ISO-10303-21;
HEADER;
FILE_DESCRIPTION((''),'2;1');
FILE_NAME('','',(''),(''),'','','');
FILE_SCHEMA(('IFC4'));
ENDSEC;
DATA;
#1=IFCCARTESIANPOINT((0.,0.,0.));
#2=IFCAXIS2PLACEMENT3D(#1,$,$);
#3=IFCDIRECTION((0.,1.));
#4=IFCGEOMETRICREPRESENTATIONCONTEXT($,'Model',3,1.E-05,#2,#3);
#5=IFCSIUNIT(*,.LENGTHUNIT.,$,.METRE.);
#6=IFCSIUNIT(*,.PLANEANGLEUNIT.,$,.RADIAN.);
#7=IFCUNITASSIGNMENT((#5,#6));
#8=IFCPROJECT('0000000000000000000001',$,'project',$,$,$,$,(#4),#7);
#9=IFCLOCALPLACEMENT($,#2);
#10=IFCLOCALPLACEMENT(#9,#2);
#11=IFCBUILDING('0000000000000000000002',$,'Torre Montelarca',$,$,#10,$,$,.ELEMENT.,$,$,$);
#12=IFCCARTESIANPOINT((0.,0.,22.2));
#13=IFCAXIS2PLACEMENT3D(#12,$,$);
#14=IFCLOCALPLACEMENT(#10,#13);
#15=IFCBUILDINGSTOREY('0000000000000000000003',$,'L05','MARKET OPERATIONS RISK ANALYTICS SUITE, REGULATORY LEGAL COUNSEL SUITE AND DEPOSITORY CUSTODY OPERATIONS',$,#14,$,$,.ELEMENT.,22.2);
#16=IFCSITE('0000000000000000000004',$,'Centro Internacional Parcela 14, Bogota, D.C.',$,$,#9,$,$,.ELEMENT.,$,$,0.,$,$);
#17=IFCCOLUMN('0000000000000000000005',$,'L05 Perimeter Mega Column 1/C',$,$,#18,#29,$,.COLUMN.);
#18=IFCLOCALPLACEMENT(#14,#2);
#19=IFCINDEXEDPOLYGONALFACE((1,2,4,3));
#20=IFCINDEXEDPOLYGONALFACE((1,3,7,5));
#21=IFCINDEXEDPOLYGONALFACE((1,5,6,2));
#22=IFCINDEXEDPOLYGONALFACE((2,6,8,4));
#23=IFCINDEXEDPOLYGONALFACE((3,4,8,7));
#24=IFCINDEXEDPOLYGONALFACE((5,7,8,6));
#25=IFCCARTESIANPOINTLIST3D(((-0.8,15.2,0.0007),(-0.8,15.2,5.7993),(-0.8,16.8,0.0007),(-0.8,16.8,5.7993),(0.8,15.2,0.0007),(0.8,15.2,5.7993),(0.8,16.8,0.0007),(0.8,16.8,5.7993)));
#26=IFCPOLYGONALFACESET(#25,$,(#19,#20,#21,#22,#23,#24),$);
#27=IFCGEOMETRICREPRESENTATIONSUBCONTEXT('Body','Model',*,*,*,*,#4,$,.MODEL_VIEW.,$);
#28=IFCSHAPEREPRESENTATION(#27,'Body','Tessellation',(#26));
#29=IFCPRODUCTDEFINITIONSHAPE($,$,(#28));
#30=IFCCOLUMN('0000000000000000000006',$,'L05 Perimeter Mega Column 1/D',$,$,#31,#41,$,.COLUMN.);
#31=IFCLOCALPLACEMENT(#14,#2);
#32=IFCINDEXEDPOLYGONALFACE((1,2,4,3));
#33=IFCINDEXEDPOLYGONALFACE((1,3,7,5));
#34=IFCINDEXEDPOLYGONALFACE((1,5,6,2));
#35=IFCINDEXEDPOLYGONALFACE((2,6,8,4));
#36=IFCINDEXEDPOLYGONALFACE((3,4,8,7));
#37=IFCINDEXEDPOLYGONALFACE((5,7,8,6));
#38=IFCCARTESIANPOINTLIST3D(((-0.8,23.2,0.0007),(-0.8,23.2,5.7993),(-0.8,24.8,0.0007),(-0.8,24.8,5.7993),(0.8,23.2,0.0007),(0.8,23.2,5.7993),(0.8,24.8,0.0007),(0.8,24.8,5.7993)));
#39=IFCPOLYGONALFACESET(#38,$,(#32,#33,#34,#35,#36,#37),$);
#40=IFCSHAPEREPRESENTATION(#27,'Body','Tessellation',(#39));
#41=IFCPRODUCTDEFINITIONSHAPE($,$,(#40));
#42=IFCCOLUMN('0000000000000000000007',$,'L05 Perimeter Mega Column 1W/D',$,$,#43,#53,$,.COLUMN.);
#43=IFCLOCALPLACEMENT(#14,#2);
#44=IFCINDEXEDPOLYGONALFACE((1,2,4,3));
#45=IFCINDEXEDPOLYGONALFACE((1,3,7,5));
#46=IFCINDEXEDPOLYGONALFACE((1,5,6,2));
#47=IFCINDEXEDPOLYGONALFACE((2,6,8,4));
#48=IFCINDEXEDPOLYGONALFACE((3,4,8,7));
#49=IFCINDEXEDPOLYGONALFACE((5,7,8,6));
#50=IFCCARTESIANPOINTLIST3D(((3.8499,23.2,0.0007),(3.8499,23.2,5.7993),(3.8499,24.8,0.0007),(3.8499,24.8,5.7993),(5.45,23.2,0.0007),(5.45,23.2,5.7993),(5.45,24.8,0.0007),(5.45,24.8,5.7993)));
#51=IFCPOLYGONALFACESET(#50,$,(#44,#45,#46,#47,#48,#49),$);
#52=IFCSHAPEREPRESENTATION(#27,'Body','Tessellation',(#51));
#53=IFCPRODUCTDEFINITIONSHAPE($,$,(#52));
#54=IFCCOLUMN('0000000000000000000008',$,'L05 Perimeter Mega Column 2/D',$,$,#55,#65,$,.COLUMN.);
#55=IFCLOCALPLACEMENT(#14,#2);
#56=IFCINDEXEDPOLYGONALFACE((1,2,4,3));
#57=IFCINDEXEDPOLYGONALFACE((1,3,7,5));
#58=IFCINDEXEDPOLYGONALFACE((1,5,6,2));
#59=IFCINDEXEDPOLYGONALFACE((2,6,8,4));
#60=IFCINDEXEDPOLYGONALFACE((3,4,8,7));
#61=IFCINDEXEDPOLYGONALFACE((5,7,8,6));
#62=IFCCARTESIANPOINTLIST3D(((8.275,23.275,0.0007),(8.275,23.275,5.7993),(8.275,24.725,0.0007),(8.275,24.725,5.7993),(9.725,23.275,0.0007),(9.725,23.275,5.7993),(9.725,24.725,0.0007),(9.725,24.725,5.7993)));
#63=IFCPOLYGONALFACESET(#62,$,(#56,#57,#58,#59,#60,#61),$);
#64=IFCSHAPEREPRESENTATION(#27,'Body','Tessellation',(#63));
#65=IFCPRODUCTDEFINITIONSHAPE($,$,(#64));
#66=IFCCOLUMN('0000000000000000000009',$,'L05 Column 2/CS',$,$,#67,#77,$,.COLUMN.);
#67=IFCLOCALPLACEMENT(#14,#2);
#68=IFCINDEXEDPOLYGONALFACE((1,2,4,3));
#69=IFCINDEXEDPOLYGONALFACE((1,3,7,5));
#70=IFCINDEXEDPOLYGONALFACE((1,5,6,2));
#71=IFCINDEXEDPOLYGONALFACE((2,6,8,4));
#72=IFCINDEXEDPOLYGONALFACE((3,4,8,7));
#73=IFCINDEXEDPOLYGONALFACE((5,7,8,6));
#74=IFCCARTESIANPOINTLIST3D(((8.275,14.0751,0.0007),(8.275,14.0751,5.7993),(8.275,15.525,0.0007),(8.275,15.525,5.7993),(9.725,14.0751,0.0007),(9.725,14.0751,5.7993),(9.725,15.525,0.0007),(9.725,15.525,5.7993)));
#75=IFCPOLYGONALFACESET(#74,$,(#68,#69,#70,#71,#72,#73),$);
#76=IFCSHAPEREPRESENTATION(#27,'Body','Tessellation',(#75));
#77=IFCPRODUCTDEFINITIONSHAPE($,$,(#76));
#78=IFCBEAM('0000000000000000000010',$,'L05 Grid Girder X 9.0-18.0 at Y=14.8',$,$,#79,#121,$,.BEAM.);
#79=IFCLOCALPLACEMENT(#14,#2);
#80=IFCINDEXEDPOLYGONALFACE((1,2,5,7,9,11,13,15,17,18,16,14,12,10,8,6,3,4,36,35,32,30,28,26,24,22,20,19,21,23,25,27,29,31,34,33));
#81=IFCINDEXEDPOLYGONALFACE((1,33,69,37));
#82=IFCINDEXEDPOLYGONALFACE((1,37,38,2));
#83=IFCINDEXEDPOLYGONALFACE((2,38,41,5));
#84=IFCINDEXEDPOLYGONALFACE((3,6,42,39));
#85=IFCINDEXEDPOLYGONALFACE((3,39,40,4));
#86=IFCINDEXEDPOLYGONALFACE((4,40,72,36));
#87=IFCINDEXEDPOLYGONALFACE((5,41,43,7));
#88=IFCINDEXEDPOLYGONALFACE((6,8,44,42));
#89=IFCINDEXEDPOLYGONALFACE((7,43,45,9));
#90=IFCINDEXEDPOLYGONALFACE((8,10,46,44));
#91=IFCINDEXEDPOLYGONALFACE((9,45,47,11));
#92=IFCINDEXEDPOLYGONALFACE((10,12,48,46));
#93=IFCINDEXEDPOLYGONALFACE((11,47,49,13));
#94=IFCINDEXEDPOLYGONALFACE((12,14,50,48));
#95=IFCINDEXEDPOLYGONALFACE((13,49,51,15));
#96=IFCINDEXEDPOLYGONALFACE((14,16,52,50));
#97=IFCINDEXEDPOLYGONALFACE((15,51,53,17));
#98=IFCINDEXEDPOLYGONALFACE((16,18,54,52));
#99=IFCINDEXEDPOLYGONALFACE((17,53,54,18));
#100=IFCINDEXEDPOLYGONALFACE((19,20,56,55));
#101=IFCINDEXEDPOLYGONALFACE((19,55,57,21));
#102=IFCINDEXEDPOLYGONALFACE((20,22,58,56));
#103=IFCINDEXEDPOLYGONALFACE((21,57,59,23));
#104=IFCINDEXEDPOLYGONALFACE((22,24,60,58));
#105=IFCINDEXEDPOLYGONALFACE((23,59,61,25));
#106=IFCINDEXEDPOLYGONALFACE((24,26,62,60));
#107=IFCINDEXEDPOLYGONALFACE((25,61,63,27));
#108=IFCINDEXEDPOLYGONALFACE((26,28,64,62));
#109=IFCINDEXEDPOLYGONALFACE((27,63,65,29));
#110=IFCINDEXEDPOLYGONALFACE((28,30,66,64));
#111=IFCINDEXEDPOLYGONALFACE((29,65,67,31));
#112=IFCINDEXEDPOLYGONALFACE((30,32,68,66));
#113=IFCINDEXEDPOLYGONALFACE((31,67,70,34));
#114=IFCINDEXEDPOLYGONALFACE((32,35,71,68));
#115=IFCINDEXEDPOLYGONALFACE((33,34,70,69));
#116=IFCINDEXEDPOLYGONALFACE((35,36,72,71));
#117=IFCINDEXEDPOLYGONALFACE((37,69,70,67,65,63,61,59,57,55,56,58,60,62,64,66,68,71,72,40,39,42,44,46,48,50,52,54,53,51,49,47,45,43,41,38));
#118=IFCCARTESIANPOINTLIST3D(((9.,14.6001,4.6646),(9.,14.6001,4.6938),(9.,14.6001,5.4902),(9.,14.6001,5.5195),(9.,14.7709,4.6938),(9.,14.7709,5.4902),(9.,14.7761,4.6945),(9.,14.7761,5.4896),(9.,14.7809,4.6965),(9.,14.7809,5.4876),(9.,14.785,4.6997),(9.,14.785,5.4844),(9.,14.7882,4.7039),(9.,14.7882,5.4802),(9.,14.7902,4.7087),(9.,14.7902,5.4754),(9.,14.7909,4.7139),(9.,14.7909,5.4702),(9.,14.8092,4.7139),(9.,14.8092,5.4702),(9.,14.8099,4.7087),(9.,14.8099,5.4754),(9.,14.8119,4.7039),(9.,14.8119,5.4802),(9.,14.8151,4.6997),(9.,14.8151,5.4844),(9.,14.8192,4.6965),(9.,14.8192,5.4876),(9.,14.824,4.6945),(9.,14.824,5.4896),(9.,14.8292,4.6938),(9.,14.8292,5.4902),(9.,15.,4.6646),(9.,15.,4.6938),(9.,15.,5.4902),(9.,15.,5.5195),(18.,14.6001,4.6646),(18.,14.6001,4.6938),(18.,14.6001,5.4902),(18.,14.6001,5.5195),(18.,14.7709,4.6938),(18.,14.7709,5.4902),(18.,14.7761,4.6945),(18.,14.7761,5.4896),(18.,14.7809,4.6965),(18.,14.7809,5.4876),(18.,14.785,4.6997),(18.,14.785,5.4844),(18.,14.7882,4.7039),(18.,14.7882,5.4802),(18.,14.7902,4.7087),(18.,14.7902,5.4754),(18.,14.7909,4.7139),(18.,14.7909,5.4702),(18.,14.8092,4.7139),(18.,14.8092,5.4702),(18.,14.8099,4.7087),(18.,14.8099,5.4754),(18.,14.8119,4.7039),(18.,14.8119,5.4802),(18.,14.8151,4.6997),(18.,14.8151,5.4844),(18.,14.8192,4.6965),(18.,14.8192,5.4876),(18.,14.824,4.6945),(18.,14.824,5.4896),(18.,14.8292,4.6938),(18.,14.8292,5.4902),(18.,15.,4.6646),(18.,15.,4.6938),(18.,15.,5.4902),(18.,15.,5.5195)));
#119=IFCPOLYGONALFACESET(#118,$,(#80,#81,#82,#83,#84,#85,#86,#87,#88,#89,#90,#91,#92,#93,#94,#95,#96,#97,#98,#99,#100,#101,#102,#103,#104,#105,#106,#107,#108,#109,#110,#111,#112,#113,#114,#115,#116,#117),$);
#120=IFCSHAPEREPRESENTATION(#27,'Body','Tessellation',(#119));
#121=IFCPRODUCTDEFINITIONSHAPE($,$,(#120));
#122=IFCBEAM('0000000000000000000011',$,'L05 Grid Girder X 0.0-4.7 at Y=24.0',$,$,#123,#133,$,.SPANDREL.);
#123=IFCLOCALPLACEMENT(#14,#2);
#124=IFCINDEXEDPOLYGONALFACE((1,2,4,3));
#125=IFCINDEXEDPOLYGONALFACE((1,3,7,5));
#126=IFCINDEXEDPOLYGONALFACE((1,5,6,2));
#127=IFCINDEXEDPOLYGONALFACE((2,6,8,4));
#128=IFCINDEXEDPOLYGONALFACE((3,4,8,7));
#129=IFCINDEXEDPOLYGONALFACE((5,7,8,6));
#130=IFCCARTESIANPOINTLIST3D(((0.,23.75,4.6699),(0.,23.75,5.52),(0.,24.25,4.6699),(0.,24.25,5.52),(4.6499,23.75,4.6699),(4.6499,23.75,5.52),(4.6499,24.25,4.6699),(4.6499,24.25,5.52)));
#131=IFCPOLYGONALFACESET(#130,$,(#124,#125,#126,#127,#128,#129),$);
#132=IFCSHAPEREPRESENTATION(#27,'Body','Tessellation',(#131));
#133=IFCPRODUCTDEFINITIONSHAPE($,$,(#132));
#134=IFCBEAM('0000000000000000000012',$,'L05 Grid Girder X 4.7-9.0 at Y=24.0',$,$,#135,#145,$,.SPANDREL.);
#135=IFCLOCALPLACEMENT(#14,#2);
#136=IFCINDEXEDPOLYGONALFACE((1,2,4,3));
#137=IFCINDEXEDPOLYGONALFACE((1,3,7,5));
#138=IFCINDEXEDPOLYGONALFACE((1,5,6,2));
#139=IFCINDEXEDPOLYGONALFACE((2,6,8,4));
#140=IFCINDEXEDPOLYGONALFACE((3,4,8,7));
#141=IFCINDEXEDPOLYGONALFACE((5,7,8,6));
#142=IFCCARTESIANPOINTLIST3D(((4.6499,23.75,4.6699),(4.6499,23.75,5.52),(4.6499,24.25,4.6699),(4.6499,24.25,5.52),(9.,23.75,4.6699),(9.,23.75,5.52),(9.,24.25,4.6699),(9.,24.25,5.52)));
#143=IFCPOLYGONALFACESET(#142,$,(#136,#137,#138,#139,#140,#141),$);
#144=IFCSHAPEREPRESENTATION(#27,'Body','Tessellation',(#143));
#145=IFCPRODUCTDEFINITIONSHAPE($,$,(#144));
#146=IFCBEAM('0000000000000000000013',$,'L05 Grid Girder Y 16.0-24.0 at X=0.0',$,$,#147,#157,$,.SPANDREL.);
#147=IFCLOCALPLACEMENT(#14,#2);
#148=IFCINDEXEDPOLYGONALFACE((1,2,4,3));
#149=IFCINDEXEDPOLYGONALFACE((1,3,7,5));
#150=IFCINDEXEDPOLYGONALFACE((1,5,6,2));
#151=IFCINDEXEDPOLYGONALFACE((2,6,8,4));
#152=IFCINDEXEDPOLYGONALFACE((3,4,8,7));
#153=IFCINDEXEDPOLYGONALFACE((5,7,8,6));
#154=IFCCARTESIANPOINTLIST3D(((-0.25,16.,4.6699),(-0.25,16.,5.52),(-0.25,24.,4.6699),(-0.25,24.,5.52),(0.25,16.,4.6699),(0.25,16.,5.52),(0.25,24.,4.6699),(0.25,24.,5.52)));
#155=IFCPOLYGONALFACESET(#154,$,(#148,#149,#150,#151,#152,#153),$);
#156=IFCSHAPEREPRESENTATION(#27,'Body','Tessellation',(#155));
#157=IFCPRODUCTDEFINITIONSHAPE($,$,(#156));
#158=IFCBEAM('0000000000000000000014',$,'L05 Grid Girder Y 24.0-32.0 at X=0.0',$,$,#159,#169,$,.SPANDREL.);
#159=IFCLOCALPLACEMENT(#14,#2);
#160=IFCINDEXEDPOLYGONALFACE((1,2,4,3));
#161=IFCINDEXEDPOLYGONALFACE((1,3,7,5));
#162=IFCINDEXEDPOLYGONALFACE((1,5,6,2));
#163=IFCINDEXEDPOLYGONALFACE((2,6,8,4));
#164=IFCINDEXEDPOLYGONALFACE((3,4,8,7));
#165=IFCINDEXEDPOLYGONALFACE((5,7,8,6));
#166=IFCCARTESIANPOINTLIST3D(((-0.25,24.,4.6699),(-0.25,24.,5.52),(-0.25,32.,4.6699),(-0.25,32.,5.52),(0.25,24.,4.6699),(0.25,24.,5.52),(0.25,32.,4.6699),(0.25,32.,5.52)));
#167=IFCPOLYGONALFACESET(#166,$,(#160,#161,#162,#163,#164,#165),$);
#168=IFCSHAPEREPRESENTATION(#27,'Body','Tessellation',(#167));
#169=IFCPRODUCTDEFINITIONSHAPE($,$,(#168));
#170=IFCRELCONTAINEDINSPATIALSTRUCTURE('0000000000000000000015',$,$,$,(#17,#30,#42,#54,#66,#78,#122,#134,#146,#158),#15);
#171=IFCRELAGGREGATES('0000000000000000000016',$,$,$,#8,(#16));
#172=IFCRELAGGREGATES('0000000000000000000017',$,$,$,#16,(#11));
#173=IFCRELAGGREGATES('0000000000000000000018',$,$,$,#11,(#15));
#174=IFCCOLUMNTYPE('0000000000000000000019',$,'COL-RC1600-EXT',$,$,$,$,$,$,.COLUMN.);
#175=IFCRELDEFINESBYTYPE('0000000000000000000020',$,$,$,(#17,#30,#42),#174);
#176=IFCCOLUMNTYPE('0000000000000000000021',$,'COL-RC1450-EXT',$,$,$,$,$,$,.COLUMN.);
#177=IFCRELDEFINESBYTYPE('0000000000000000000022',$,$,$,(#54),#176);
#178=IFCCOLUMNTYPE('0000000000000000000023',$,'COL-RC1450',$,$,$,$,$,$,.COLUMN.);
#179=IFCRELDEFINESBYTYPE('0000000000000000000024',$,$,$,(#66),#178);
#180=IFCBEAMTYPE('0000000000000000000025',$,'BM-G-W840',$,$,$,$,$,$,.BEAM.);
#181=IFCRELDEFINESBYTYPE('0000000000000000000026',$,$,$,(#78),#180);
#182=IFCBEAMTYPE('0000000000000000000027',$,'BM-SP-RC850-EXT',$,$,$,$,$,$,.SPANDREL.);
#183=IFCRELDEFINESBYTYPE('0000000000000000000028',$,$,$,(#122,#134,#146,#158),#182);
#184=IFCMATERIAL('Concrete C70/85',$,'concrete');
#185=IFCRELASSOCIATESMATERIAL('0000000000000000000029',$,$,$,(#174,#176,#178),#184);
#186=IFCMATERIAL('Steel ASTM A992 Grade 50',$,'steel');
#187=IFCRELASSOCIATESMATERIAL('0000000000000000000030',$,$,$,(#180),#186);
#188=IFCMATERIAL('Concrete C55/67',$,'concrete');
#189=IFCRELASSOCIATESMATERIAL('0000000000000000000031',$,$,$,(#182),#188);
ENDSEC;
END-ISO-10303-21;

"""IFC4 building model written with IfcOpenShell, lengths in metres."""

from ifc_helpers import new_model, si_unit, direction, frame, origin, origin_2d, place, context, subcontext, project, spatial, rectangle, i_section, extrude, source, transform, mapped, material, material_profile, profile_set, type_object, element, save


model = new_model("IFC4")

# Units and contexts
model_context = context("Model", 3, precision=1e-05, world=origin(), true_north=direction((0.0, 1.0)))
body_context = subcontext(model_context, "Body", "Model", "MODEL_VIEW")
ifc_project = project(units=[si_unit("LENGTHUNIT", "METRE"), si_unit("PLANEANGLEUNIT", "RADIAN")], contexts=[model_context])

# Site, building, storey
site_placement = place(None, origin())
site = spatial("IfcSite", under=ifc_project, at=site_placement, Name="Centro Internacional Parcela 14, Bogota, D.C.", CompositionType="ELEMENT", RefElevation=0.0)
building_placement = place(site_placement, origin())
building = spatial("IfcBuilding", under=site, at=building_placement, Name="Torre Montelarca", CompositionType="ELEMENT")
storey_placement = place(building_placement, frame((0.0, 0.0, 22.2)))
storey = spatial("IfcBuildingStorey", under=building, at=storey_placement, Name="L05", Description="MARKET OPERATIONS RISK ANALYTICS SUITE, REGULATORY LEGAL COUNSEL SUITE AND DEPOSITORY CUSTODY OPERATIONS", CompositionType="ELEMENT", Elevation=22.2)

# Columns
ifc_material_1 = material(Name="Concrete C70/85", Category="concrete")
ifc_material_profile_1 = material_profile(ifc_material_1, rectangle(XDim=1.6001, YDim=1.6001, at=origin_2d()), Name="RC1600X1600", Category="concrete")
ifc_profile_set_1 = profile_set([ifc_material_profile_1], Name="Concrete C70/85")
column_type_1 = type_object("IfcColumnType", Name="COL-RC1600-EXT", PredefinedType="COLUMN", material=ifc_profile_set_1)
shared_shape_1 = source(origin(), body_context, "Body", "SweptSolid", [
    extrude(rectangle(XDim=1.6001, YDim=1.6001, at=origin_2d()), origin(), (0.0, 0.0, 1.0), 5.7986),
])
for number, where, z_axis, x_axis, name in (
    (1, (0.0, 16.0, 0.0007), (0.0, 0.0, 1.0), (1.0, 0.0, 0.0), "L05 Perimeter Mega Column 1/C"),
    (2, (0.0, 24.0, 0.0007), (0.0, 0.0, 1.0), (1.0, 0.0, 0.0), "L05 Perimeter Mega Column 1/D"),
    (3, (4.6499, 24.0, 0.0007), (0.0, 0.0, 1.0), (1.0, 0.0, 0.0), "L05 Perimeter Mega Column 1W/D"),
):
    element("IfcColumn", number, at=place(storey_placement, frame(where, z_axis=z_axis, x_axis=x_axis)), inside=storey, type_object=column_type_1, Name=name, PredefinedType="COLUMN", context=body_context, shape_type="MappedRepresentation", body=[
        mapped(shared_shape_1, transform((0.0, 0.0, 0.0), scale=1.0)),
    ])
ifc_material_profile_2 = material_profile(ifc_material_1, rectangle(XDim=1.45, YDim=1.45, at=origin_2d()), Name="RC1450X1450", Category="concrete")
ifc_profile_set_2 = profile_set([ifc_material_profile_2], Name="Concrete C70/85")
column_type_2 = type_object("IfcColumnType", Name="COL-RC1450-EXT", PredefinedType="COLUMN", material=ifc_profile_set_2)
shared_shape_2 = source(origin(), body_context, "Body", "SweptSolid", [
    extrude(rectangle(XDim=1.45, YDim=1.45, at=origin_2d()), origin(), (0.0, 0.0, 1.0), 5.7986),
])
column_1_placement = place(storey_placement, frame((9.0, 24.0, 0.0007), z_axis=(0.0, 0.0, 1.0), x_axis=(1.0, 0.0, 0.0)))
element("IfcColumn", 4, at=column_1_placement, inside=storey, type_object=column_type_2, Name="L05 Perimeter Mega Column 2/D", PredefinedType="COLUMN", context=body_context, shape_type="MappedRepresentation", body=[
    mapped(shared_shape_2, transform((0.0, 0.0, 0.0), scale=1.0)),
])
ifc_material_profile_3 = material_profile(ifc_material_1, rectangle(XDim=1.45, YDim=1.45, at=origin_2d()), Name="RC1450X1450", Category="concrete")
ifc_profile_set_3 = profile_set([ifc_material_profile_3], Name="Concrete C70/85")
column_type_3 = type_object("IfcColumnType", Name="COL-RC1450", PredefinedType="COLUMN", material=ifc_profile_set_3)
shared_shape_3 = source(origin(), body_context, "Body", "SweptSolid", [
    extrude(rectangle(XDim=1.45, YDim=1.45, at=origin_2d()), origin(), (0.0, 0.0, 1.0), 5.7986),
])
column_2_placement = place(storey_placement, frame((9.0, 14.8, 0.0007), z_axis=(0.0, 0.0, 1.0), x_axis=(1.0, 0.0, 0.0)))
element("IfcColumn", 5, at=column_2_placement, inside=storey, type_object=column_type_3, Name="L05 Column 2/CS", PredefinedType="COLUMN", context=body_context, shape_type="MappedRepresentation", body=[
    mapped(shared_shape_3, transform((0.0, 0.0, 0.0), scale=1.0)),
])

# Beams
ifc_material_2 = material(Name="Steel ASTM A992 Grade 50", Category="steel")
ifc_material_profile_4 = material_profile(ifc_material_2, i_section(OverallWidth=0.3999, OverallDepth=0.855, WebThickness=0.0183, FlangeThickness=0.0293, FilletRadius=0.02, at=origin_2d()), Name="W840X299", Category="steel")
ifc_profile_set_4 = profile_set([ifc_material_profile_4], Name="Steel ASTM A992 Grade 50")
beam_type_1 = type_object("IfcBeamType", Name="BM-G-W840", PredefinedType="BEAM", material=ifc_profile_set_4)
shared_shape_4 = source(origin(), body_context, "Body", "SweptSolid", [
    extrude(i_section(OverallWidth=0.3999, OverallDepth=0.855, WebThickness=0.0183, FlangeThickness=0.0293, FilletRadius=0.02, at=origin_2d()), origin(), (0.0, 0.0, 1.0), 9.0),
])
beam_1_placement = place(storey_placement, frame((9.0, 14.8, 5.092), z_axis=(1.0, 0.0, 0.0), x_axis=(0.0, 1.0, 0.0)))
element("IfcBeam", 6, at=beam_1_placement, inside=storey, type_object=beam_type_1, Name="L05 Grid Girder X 9.0-18.0 at Y=14.8", PredefinedType="BEAM", context=body_context, shape_type="MappedRepresentation", body=[
    mapped(shared_shape_4, transform((0.0, 0.0, 0.0), scale=1.0)),
])
ifc_material_3 = material(Name="Concrete C55/67", Category="concrete")
ifc_material_profile_5 = material_profile(ifc_material_3, rectangle(XDim=0.5, YDim=0.8501, at=origin_2d()), Name="RCB500X850", Category="concrete")
ifc_profile_set_5 = profile_set([ifc_material_profile_5], Name="Concrete C55/67")
beam_type_2 = type_object("IfcBeamType", Name="BM-SP-RC850-EXT", PredefinedType="SPANDREL", material=ifc_profile_set_5)
shared_shape_5 = source(origin(), body_context, "Body", "SweptSolid", [
    extrude(rectangle(XDim=0.5, YDim=0.8501, at=origin_2d()), origin(), (0.0, 0.0, 1.0), 4.6499),
])
beam_2_placement = place(storey_placement, frame((0.0, 24.0, 5.095), z_axis=(1.0, 0.0, 0.0), x_axis=(0.0, 1.0, 0.0)))
element("IfcBeam", 7, at=beam_2_placement, inside=storey, type_object=beam_type_2, Name="L05 Grid Girder X 0.0-4.7 at Y=24.0", PredefinedType="SPANDREL", context=body_context, shape_type="MappedRepresentation", body=[
    mapped(shared_shape_5, transform((0.0, 0.0, 0.0), scale=1.0)),
])
shared_shape_6 = source(origin(), body_context, "Body", "SweptSolid", [
    extrude(rectangle(XDim=0.5, YDim=0.8501, at=origin_2d()), origin(), (0.0, 0.0, 1.0), 4.3501),
])
beam_3_placement = place(storey_placement, frame((4.6499, 24.0, 5.095), z_axis=(1.0, 0.0, 0.0), x_axis=(0.0, 1.0, 0.0)))
element("IfcBeam", 8, at=beam_3_placement, inside=storey, type_object=beam_type_2, Name="L05 Grid Girder X 4.7-9.0 at Y=24.0", PredefinedType="SPANDREL", context=body_context, shape_type="MappedRepresentation", body=[
    mapped(shared_shape_6, transform((0.0, 0.0, 0.0), scale=1.0)),
])
shared_shape_7 = source(origin(), body_context, "Body", "SweptSolid", [
    extrude(rectangle(XDim=0.5, YDim=0.8501, at=origin_2d()), origin(), (0.0, 0.0, 1.0), 8.0),
])
for number, where, z_axis, x_axis, name in (
    (9, (0.0, 16.0, 5.095), (0.0, 1.0, 0.0), (-1.0, 0.0, 0.0), "L05 Grid Girder Y 16.0-24.0 at X=0.0"),
    (10, (0.0, 24.0, 5.095), (0.0, 1.0, 0.0), (-1.0, 0.0, 0.0), "L05 Grid Girder Y 24.0-32.0 at X=0.0"),
):
    element("IfcBeam", number, at=place(storey_placement, frame(where, z_axis=z_axis, x_axis=x_axis)), inside=storey, type_object=beam_type_2, Name=name, PredefinedType="SPANDREL", context=body_context, shape_type="MappedRepresentation", body=[
        mapped(shared_shape_7, transform((0.0, 0.0, 0.0), scale=1.0)),
    ])

save(model, "model.ifc")
